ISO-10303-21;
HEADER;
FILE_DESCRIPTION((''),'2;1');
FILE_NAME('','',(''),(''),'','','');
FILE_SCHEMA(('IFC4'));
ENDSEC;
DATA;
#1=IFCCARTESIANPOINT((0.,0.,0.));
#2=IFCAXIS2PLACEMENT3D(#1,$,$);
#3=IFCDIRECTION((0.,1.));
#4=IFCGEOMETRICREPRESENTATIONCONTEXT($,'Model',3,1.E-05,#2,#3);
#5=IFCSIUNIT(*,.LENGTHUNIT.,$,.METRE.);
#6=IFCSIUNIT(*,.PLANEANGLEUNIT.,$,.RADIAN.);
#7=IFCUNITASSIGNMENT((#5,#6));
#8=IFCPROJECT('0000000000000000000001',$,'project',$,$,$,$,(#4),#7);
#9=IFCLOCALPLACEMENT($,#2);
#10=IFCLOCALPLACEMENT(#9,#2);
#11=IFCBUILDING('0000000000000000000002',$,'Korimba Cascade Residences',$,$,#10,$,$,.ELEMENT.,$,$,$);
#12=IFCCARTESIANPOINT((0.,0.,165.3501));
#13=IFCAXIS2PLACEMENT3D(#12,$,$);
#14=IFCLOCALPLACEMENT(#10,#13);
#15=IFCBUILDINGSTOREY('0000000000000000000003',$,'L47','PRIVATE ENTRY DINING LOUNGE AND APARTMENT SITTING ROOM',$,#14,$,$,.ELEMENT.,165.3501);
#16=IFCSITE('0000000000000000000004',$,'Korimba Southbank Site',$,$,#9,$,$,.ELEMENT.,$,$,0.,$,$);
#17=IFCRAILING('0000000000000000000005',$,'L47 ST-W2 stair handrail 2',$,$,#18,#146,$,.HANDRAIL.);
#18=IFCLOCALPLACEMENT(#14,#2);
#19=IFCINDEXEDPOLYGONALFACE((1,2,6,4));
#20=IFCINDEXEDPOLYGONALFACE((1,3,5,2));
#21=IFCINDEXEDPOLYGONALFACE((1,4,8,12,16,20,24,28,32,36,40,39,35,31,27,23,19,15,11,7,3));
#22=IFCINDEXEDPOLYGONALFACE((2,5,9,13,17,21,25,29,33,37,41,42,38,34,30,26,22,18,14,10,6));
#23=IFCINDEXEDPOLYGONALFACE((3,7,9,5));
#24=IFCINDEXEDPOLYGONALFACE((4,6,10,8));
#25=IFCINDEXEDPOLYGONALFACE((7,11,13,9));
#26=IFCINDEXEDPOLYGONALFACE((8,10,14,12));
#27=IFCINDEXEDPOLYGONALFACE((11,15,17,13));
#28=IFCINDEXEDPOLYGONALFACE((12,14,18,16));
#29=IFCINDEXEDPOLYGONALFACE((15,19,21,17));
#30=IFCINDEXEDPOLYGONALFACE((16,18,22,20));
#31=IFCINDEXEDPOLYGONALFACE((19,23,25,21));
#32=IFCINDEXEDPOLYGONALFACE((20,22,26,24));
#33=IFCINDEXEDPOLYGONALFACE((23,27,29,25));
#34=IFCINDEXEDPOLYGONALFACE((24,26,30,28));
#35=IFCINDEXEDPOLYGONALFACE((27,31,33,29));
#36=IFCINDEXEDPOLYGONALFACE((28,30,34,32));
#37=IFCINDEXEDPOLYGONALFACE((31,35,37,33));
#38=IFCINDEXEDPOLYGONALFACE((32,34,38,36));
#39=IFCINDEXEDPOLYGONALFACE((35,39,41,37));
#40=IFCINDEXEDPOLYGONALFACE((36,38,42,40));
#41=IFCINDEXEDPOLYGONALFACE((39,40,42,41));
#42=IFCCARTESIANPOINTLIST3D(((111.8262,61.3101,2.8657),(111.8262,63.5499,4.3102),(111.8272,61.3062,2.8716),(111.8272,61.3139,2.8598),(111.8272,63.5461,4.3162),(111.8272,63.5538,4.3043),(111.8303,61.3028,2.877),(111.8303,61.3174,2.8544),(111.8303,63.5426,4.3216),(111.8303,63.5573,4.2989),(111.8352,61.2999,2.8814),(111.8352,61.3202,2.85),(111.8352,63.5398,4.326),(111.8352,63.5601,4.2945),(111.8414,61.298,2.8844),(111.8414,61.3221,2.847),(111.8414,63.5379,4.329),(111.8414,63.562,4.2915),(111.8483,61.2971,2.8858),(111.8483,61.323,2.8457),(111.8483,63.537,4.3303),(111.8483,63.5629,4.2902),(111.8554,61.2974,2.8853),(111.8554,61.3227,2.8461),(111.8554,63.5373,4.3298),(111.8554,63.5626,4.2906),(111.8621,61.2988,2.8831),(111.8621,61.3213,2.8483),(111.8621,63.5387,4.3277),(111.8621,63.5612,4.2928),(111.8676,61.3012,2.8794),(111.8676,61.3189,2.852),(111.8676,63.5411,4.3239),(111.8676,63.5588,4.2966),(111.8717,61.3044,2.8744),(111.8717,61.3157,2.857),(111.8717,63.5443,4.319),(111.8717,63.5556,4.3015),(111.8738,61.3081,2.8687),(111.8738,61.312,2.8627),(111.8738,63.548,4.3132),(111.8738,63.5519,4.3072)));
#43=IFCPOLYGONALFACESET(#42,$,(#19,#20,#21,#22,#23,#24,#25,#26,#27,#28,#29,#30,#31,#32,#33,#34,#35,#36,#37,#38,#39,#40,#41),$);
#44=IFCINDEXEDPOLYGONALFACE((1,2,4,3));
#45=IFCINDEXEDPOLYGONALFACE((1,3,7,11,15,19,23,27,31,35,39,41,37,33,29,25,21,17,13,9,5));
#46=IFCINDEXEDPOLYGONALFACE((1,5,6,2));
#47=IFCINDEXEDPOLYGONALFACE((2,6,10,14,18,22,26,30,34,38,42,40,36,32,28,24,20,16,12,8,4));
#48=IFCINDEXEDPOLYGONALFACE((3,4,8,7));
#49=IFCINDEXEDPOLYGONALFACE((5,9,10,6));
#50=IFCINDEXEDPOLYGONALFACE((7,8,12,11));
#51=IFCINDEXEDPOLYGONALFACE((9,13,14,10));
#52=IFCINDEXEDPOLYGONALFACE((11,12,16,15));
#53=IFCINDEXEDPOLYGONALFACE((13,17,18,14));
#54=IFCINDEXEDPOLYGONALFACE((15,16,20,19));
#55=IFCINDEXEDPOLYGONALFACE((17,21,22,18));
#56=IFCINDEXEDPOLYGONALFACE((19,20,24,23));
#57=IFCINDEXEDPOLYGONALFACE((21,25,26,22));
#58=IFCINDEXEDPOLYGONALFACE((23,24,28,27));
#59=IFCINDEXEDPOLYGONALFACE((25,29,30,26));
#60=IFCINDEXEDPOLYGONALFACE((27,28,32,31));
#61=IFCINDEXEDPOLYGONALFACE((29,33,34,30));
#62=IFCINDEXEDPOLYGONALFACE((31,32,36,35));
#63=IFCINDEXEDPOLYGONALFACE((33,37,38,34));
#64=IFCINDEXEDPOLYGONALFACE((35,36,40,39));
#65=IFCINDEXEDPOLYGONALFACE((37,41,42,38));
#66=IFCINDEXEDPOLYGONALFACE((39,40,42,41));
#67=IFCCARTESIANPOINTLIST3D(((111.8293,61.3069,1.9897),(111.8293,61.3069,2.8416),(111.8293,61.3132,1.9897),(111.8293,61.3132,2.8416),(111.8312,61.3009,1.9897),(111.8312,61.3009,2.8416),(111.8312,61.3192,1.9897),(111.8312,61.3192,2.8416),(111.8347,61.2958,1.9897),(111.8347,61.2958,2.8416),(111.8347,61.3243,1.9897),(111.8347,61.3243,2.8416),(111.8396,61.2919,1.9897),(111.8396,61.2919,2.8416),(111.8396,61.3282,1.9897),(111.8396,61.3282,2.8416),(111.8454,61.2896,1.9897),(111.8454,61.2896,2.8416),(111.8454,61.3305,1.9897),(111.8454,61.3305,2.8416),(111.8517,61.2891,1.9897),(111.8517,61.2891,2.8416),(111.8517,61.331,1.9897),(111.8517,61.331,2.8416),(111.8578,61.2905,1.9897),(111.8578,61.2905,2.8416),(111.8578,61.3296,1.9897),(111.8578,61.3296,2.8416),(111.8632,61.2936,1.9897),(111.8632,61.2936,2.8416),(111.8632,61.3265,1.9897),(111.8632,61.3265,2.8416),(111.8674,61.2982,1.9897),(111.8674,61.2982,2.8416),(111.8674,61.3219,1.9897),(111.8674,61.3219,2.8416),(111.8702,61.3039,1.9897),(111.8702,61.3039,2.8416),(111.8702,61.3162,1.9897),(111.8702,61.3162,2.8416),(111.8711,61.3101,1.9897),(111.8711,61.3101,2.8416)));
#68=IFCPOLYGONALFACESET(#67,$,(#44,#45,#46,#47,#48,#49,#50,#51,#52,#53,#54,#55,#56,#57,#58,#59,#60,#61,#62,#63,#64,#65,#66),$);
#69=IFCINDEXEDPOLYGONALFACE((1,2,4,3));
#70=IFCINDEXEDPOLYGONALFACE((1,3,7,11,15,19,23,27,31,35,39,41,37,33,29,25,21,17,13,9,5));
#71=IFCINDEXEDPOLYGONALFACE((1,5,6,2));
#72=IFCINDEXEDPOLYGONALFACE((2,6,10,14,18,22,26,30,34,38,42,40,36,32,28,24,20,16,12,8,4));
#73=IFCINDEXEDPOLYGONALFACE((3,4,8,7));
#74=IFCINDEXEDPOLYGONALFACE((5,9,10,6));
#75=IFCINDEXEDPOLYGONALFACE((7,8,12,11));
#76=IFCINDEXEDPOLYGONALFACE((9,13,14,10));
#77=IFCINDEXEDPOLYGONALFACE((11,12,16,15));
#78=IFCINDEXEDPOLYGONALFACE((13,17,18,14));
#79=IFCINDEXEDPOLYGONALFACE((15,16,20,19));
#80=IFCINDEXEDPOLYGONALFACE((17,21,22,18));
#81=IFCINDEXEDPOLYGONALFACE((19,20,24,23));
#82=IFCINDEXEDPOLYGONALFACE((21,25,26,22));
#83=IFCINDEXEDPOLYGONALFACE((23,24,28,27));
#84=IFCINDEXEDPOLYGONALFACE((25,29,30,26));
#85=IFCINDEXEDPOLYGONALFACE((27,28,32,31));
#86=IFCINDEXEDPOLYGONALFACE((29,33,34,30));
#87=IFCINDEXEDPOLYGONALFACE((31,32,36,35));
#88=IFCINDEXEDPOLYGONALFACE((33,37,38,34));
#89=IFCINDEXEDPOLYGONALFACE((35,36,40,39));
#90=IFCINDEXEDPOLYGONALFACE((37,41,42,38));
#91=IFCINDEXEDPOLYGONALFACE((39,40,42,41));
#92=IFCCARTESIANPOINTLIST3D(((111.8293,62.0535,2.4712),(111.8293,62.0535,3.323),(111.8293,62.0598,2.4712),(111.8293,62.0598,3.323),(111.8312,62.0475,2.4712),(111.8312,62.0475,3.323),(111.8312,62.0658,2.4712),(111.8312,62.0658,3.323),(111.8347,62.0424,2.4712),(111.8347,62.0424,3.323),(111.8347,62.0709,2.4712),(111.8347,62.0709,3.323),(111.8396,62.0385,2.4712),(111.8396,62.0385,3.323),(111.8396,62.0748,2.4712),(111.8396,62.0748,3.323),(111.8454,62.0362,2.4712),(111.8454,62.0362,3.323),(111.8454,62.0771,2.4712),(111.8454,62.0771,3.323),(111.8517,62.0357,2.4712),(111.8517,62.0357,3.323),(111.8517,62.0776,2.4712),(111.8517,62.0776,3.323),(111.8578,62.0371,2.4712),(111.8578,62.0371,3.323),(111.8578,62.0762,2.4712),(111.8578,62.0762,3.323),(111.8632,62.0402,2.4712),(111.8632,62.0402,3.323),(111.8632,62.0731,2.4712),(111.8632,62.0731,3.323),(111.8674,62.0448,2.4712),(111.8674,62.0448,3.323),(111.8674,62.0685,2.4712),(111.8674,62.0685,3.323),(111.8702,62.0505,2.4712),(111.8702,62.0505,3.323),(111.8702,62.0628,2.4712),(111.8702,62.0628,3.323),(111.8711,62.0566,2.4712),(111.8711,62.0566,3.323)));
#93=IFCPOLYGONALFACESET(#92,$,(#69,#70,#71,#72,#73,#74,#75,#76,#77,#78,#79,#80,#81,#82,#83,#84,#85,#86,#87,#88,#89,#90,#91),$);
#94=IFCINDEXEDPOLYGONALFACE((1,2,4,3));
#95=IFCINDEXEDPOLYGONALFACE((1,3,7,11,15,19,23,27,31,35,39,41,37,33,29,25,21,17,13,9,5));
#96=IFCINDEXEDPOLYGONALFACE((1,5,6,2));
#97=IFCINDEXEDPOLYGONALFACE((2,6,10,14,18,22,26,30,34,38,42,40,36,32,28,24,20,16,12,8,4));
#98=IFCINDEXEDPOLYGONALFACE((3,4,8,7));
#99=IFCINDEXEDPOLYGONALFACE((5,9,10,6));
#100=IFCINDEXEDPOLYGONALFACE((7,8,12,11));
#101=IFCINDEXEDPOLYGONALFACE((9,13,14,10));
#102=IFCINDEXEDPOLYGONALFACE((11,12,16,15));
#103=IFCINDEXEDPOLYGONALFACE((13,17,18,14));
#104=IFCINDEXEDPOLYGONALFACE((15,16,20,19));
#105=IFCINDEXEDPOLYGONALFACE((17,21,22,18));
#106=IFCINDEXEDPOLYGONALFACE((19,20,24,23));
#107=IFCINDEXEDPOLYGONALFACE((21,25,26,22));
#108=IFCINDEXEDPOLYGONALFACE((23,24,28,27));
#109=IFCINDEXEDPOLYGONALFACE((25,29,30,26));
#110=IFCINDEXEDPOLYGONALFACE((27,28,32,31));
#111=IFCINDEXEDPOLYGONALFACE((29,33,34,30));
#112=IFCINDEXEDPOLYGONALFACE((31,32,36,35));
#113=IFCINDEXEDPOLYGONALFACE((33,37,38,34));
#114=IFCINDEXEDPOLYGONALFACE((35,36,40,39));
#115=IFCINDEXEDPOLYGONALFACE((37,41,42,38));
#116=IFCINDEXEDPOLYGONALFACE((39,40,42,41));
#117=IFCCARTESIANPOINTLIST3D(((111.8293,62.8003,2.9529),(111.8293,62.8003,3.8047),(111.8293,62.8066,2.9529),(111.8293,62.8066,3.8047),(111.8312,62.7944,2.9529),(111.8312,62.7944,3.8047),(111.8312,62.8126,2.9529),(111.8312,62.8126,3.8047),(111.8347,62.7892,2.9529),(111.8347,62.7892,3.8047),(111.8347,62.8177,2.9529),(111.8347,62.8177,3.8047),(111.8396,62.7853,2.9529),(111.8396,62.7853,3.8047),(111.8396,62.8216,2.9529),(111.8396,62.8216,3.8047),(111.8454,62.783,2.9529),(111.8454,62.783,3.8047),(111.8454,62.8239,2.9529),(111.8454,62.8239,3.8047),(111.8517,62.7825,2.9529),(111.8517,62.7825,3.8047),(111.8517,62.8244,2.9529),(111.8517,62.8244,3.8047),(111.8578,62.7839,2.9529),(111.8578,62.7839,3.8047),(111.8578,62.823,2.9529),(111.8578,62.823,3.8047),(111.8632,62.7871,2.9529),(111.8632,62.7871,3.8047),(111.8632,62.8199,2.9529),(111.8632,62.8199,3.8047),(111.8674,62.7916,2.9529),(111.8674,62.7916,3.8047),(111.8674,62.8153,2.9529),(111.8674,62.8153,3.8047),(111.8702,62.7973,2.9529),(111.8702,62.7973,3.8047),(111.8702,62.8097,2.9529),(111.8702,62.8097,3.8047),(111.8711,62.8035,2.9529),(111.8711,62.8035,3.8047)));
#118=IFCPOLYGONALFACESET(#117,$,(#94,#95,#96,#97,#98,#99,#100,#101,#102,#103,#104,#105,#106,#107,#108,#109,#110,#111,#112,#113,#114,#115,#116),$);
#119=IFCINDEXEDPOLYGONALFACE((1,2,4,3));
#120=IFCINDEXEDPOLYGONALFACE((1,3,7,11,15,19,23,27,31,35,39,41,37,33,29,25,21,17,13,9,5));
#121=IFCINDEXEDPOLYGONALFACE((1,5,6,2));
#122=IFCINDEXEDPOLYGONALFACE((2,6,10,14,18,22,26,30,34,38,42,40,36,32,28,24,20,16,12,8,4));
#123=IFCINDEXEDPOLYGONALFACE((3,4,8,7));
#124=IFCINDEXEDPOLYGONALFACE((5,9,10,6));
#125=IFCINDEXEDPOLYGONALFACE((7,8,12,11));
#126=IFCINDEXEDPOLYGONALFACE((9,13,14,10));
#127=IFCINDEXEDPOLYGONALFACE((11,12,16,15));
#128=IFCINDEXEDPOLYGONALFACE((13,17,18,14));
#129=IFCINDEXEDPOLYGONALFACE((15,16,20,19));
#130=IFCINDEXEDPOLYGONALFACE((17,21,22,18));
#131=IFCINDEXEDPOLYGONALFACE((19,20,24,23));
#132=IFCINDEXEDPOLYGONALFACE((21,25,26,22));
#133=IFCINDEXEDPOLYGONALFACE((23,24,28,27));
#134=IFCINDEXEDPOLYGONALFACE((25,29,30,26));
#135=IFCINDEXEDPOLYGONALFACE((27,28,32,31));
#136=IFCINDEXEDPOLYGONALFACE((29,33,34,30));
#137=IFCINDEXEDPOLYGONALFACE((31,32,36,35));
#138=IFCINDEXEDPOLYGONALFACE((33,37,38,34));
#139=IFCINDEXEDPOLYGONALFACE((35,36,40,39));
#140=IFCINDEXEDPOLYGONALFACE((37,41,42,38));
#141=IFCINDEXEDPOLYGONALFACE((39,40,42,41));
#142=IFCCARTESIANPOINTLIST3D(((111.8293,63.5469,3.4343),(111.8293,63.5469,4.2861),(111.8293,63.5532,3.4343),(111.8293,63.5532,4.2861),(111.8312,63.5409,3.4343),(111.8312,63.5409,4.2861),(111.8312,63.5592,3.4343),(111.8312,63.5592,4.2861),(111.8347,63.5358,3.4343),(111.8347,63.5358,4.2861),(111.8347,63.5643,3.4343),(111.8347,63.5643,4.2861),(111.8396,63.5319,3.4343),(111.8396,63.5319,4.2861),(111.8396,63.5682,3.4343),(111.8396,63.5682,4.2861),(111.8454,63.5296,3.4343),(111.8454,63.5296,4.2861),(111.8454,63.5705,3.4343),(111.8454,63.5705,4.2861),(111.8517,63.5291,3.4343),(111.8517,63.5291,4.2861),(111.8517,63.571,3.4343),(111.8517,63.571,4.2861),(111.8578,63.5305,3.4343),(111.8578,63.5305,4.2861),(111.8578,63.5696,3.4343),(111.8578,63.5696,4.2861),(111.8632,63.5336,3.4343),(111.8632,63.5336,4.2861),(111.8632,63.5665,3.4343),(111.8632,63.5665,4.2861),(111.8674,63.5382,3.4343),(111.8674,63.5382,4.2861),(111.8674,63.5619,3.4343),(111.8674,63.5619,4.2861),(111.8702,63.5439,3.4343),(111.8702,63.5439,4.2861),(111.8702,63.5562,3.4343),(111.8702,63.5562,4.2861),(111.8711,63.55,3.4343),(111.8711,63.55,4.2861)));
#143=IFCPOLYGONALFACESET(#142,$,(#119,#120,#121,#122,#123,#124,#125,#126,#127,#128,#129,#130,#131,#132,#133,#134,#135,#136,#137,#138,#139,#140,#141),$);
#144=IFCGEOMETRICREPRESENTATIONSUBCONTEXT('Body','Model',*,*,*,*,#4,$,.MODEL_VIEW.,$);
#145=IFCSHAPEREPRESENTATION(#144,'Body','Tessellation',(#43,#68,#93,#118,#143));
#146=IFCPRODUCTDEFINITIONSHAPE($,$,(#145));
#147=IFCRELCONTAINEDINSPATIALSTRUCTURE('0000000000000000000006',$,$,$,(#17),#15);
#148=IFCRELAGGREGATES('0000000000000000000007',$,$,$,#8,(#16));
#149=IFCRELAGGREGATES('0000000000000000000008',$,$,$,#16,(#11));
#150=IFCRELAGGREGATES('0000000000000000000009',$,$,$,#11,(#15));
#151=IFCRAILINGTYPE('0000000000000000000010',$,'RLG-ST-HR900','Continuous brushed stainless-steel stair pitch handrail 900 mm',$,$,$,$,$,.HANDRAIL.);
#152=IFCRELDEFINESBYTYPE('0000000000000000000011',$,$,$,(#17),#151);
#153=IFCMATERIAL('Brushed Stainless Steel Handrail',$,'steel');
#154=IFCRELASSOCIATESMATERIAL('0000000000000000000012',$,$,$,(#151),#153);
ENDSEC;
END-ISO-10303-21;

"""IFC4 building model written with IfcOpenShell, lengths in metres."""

from ifc_helpers import new_model, si_unit, direction, frame, origin, origin_2d, place, context, subcontext, project, spatial, circle, extrude, material, type_object, element, save


model = new_model("IFC4")

# Units and contexts
model_context = context("Model", 3, precision=1e-05, world=origin(), true_north=direction((0.0, 1.0)))
body_context = subcontext(model_context, "Body", "Model", "MODEL_VIEW")
ifc_project = project(units=[si_unit("LENGTHUNIT", "METRE"), si_unit("PLANEANGLEUNIT", "RADIAN")], contexts=[model_context])

# Site, building, storey
site_placement = place(None, origin())
site = spatial("IfcSite", under=ifc_project, at=site_placement, Name="Korimba Southbank Site", CompositionType="ELEMENT", RefElevation=0.0)
building_placement = place(site_placement, origin())
building = spatial("IfcBuilding", under=site, at=building_placement, Name="Korimba Cascade Residences", CompositionType="ELEMENT")
storey_placement = place(building_placement, frame((0.0, 0.0, 165.3501)))
storey = spatial("IfcBuildingStorey", under=building, at=storey_placement, Name="L47", Description="PRIVATE ENTRY DINING LOUNGE AND APARTMENT SITTING ROOM", CompositionType="ELEMENT", Elevation=165.3501)

# Railing
ifc_material_1 = material(Name="Brushed Stainless Steel Handrail", Category="steel")
railing_type_1 = type_object("IfcRailingType", Name="RLG-ST-HR900", Description="Continuous brushed stainless-steel stair pitch handrail 900 mm", PredefinedType="HANDRAIL", material=ifc_material_1)
railing_1_placement = place(storey_placement, frame((111.8501, 61.3101, 1.9897)))
element("IfcRailing", 1, at=railing_1_placement, inside=storey, type_object=railing_type_1, Name="L47 ST-W2 stair handrail 2", PredefinedType="HANDRAIL", context=body_context, shape_type="SweptSolid", body=[
    extrude(circle(Radius=0.0239, at=origin_2d()), frame((0.0, 0.0, 0.876), z_axis=(0.0, 0.840395, 0.541975), x_axis=(-1.0, 0.0, 0.0)), (0.0, 0.0, 1.0), 2.6653),
    extrude(circle(Radius=0.021, at=origin_2d()), origin(), (0.0, 0.0, 1.0), 0.8518),
    extrude(circle(Radius=0.021, at=origin_2d()), frame((0.0, 0.7466, 0.4814)), (0.0, 0.0, 1.0), 0.8518),
    extrude(circle(Radius=0.021, at=origin_2d()), frame((0.0, 1.4934, 0.9631)), (0.0, 0.0, 1.0), 0.8518),
    extrude(circle(Radius=0.021, at=origin_2d()), frame((0.0, 2.24, 1.4446)), (0.0, 0.0, 1.0), 0.8518),
])

save(model, "model.ifc")
